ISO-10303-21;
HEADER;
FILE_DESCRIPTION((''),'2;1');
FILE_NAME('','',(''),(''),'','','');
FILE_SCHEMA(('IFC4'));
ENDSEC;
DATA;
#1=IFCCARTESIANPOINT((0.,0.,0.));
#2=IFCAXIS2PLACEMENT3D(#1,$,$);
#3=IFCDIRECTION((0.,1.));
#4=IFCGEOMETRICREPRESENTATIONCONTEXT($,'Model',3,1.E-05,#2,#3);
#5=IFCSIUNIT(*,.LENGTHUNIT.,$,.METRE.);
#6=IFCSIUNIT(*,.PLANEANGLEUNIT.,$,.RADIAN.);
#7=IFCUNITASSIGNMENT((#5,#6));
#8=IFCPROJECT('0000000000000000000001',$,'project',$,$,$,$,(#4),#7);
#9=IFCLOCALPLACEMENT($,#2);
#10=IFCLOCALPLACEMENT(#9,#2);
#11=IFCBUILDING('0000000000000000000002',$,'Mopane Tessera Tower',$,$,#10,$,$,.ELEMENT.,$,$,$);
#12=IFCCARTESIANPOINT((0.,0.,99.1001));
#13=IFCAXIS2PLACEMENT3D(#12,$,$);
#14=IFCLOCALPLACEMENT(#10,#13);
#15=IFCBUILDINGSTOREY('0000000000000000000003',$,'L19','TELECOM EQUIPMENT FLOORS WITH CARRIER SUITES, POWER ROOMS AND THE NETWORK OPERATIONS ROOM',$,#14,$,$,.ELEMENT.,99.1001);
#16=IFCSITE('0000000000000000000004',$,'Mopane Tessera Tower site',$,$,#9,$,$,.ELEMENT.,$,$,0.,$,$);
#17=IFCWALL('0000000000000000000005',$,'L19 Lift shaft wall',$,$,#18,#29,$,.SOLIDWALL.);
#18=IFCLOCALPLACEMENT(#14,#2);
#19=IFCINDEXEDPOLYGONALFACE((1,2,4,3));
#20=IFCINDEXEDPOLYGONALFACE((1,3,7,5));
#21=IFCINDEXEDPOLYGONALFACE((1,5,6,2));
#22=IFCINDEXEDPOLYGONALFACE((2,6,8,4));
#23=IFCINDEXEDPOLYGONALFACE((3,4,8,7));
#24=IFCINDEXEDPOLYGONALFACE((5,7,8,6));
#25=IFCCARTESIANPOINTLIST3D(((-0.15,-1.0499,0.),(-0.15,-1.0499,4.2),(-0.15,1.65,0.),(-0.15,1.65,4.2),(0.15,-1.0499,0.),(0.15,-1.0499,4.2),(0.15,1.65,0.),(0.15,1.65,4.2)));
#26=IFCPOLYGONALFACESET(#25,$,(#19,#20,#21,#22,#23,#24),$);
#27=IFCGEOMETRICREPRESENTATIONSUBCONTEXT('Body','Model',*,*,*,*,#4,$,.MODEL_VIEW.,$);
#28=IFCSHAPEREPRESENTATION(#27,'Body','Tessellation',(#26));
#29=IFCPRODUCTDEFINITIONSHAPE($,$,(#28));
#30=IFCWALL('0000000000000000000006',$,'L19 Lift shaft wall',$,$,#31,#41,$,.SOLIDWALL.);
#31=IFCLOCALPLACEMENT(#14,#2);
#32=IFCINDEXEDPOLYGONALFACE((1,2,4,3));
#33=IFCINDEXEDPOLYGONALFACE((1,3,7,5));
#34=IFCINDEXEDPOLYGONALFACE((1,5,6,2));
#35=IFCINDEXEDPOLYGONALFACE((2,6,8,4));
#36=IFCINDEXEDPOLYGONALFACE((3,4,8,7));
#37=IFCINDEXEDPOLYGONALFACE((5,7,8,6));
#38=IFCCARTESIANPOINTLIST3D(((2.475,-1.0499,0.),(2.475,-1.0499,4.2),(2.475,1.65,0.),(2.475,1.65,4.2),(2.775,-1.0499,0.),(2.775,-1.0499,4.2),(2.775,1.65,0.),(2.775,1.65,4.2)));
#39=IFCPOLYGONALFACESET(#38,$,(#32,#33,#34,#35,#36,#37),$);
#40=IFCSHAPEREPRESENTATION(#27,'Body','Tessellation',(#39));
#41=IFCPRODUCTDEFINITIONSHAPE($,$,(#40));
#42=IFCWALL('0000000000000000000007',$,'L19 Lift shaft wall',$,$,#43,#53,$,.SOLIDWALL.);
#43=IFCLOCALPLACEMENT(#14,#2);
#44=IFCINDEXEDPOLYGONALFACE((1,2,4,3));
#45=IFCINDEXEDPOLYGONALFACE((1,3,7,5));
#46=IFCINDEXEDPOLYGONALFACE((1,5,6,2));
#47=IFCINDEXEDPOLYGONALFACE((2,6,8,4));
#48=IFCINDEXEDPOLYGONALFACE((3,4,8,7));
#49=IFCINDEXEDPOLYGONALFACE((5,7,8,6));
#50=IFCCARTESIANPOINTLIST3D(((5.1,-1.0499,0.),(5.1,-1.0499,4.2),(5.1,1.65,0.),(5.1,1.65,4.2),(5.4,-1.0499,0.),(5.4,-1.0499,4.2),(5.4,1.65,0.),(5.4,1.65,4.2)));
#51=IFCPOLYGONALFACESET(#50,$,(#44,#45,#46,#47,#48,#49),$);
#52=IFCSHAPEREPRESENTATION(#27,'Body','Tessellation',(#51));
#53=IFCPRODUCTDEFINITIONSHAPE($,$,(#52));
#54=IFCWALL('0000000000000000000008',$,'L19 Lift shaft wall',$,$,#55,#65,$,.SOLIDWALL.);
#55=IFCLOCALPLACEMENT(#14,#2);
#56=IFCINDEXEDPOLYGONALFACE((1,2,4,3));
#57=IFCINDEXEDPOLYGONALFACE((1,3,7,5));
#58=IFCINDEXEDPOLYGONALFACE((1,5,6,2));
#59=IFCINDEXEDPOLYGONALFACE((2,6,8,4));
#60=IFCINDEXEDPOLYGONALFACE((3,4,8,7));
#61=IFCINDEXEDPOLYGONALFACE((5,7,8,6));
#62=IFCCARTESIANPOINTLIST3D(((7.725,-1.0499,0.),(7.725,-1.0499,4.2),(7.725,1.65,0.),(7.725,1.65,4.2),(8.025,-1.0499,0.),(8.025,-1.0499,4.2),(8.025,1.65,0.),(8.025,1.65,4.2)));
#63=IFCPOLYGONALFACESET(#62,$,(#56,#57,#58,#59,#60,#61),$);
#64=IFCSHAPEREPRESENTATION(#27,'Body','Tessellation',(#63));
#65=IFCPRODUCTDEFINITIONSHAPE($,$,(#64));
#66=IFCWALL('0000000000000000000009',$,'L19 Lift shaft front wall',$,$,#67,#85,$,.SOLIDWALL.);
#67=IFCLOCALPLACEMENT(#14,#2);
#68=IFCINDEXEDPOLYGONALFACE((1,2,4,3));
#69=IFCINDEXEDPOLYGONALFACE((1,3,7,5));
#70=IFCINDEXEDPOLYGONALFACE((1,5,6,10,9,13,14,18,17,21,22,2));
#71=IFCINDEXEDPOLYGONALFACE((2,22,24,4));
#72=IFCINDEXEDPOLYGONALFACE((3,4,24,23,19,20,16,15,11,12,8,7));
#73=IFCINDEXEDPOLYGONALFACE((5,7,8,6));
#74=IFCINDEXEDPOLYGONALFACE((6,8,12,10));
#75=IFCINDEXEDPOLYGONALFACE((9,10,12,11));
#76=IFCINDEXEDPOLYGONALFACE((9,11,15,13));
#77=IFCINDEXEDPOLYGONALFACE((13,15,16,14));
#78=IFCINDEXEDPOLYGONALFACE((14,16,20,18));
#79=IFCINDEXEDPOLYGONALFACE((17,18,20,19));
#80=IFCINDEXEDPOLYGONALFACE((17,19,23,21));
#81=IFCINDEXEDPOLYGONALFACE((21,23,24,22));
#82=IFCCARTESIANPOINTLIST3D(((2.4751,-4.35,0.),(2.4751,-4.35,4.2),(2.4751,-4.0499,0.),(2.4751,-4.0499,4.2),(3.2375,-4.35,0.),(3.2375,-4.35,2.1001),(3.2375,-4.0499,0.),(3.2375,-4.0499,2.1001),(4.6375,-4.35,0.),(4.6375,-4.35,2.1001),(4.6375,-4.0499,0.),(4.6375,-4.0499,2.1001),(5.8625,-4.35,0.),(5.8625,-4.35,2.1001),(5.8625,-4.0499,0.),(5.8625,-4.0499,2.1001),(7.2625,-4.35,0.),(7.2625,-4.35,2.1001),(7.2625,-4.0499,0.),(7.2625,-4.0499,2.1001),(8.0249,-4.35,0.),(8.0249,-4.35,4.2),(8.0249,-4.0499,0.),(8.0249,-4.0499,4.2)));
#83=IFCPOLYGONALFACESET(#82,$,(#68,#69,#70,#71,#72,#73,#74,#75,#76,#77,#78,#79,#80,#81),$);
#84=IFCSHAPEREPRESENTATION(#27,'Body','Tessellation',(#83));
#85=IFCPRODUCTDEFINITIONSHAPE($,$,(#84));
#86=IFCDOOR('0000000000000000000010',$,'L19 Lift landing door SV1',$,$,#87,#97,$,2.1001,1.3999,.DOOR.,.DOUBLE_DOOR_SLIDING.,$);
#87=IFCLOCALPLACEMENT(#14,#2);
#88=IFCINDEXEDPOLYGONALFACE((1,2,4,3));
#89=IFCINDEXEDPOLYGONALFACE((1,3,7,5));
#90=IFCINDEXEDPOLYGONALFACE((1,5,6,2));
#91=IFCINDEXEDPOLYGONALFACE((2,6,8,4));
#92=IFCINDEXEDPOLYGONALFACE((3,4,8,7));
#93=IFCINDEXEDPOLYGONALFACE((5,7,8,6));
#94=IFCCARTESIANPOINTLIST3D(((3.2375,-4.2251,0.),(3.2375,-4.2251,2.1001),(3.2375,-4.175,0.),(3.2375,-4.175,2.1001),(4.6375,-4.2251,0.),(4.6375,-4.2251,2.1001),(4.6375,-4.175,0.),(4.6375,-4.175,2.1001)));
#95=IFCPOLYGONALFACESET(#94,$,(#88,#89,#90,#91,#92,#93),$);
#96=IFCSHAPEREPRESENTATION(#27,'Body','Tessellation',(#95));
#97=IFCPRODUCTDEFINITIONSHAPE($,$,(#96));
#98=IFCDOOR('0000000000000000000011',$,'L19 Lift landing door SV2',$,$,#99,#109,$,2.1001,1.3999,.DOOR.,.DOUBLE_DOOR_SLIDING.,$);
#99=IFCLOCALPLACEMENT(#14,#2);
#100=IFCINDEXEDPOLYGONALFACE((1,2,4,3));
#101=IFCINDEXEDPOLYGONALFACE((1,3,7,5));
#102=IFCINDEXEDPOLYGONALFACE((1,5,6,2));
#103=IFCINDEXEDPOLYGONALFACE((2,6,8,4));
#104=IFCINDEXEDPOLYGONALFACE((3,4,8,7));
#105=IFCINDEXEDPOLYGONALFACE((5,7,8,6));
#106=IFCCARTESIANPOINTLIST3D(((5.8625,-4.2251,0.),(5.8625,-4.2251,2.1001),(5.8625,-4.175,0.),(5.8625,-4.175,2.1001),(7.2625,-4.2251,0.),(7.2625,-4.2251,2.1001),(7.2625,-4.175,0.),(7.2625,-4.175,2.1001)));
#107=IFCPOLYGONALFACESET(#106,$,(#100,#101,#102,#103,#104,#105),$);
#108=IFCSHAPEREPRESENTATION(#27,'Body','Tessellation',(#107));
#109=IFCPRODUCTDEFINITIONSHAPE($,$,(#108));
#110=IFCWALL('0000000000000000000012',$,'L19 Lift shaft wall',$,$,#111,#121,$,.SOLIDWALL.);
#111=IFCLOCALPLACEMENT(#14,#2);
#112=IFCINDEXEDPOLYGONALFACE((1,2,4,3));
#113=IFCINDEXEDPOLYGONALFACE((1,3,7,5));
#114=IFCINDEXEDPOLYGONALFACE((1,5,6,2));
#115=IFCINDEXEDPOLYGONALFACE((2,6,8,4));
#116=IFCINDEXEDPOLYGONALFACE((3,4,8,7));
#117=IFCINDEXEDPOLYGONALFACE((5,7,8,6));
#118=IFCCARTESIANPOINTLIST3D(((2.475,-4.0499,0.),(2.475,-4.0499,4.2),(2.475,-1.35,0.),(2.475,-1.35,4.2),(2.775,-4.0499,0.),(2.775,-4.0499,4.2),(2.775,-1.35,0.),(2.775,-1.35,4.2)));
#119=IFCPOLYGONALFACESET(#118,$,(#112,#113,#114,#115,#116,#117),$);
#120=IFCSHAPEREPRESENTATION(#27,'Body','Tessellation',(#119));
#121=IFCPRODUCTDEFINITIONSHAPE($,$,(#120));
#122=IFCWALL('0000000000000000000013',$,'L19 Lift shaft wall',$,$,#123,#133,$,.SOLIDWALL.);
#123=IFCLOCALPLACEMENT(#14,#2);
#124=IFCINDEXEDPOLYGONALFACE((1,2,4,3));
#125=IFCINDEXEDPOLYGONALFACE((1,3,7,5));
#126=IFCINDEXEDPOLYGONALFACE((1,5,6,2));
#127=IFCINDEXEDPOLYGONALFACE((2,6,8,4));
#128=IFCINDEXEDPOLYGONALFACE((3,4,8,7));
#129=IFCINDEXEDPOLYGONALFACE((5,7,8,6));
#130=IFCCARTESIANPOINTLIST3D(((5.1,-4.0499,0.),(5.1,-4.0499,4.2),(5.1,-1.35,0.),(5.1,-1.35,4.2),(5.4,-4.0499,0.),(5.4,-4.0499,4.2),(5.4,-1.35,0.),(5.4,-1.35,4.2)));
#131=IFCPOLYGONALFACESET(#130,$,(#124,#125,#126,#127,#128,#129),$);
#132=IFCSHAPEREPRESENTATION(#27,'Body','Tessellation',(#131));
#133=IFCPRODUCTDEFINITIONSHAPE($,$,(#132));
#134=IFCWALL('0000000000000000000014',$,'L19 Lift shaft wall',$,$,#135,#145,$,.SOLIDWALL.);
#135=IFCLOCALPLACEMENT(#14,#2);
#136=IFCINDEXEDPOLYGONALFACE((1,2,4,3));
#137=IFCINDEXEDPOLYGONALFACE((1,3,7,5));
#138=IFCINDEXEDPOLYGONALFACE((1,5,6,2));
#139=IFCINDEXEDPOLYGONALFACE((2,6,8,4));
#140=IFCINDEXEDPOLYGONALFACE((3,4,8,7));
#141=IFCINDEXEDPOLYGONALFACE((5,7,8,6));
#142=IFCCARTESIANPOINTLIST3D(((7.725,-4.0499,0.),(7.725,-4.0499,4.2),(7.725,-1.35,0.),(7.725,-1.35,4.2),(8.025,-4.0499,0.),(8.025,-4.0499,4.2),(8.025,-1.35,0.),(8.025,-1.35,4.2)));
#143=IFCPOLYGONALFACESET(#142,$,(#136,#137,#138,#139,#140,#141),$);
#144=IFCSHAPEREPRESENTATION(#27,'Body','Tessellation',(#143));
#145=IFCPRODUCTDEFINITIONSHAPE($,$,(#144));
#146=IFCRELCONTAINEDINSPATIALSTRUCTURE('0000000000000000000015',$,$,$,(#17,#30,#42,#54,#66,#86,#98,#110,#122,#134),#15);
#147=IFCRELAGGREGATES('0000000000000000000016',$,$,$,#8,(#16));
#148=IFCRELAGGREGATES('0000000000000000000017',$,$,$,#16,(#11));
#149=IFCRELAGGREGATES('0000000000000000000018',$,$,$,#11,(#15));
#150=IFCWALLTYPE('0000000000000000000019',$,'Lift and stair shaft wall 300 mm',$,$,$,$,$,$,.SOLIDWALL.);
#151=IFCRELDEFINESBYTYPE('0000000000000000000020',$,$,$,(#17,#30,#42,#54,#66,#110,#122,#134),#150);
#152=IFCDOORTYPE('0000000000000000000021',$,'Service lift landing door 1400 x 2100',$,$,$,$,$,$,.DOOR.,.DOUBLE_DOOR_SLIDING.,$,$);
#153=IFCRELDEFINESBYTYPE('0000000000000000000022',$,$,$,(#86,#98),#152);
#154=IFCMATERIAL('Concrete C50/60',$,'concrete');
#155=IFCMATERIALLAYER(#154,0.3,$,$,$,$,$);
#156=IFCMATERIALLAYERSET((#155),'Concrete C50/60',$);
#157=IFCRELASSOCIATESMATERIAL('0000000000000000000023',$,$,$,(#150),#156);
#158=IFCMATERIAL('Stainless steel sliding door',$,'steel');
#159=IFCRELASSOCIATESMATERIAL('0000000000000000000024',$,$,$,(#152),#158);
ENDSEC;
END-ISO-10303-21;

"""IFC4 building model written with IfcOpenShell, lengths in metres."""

from ifc_helpers import new_model, si_unit, direction, frame, frame_2d, origin, place, context, subcontext, project, spatial, rectangle, extrude, material, layer, layer_set, type_object, element, fill, save


model = new_model("IFC4")

# Units and contexts
model_context = context("Model", 3, precision=1e-05, world=origin(), true_north=direction((0.0, 1.0)))
body_context = subcontext(model_context, "Body", "Model", "MODEL_VIEW")
ifc_project = project(units=[si_unit("LENGTHUNIT", "METRE"), si_unit("PLANEANGLEUNIT", "RADIAN")], contexts=[model_context])

# Site, building, storey
site_placement = place(None, origin())
site = spatial("IfcSite", under=ifc_project, at=site_placement, Name="Mopane Tessera Tower site", CompositionType="ELEMENT", RefElevation=0.0)
building_placement = place(site_placement, origin())
building = spatial("IfcBuilding", under=site, at=building_placement, Name="Mopane Tessera Tower", CompositionType="ELEMENT")
storey_placement = place(building_placement, frame((0.0, 0.0, 99.1001)))
storey = spatial("IfcBuildingStorey", under=building, at=storey_placement, Name="L19", Description="TELECOM EQUIPMENT FLOORS WITH CARRIER SUITES, POWER ROOMS AND THE NETWORK OPERATIONS ROOM", CompositionType="ELEMENT", Elevation=99.1001)

# Walls
ifc_material_1 = material(Name="Concrete C50/60", Category="concrete")
ifc_layer_1 = layer(ifc_material_1, 0.3)
ifc_layer_set_1 = layer_set([ifc_layer_1], Name="Concrete C50/60")
wall_type_1 = type_object("IfcWallType", Name="Lift and stair shaft wall 300 mm", PredefinedType="SOLIDWALL", material=ifc_layer_set_1)
for number, where, z_axis, x_axis, name in (
    (1, (0.0, -1.05, 0.0), (0.0, 0.0, 1.0), (0.0, 1.0, 0.0), "L19 Lift shaft wall"),
    (2, (2.625, -1.05, 0.0), (0.0, 0.0, 1.0), (0.0, 1.0, 0.0), "L19 Lift shaft wall"),
    (3, (5.25, -1.05, 0.0), (0.0, 0.0, 1.0), (0.0, 1.0, 0.0), "L19 Lift shaft wall"),
    (4, (7.875, -1.05, 0.0), (0.0, 0.0, 1.0), (0.0, 1.0, 0.0), "L19 Lift shaft wall"),
):
    element("IfcWall", number, at=place(storey_placement, frame(where, z_axis=z_axis, x_axis=x_axis)), inside=storey, type_object=wall_type_1, Name=name, PredefinedType="SOLIDWALL", context=body_context, shape_type="SweptSolid", body=[
        extrude(rectangle(XDim=2.7, YDim=0.3, at=frame_2d((1.3501, 0.0))), origin(), (0.0, 0.0, 1.0), 4.2),
    ])

# Wall, openings, doors
wall_1_placement = place(storey_placement, frame((2.4751, -4.2, 0.0), z_axis=(0.0, 0.0, 1.0), x_axis=(1.0, 0.0, 0.0)))
wall_1 = element("IfcWall", 5, at=wall_1_placement, inside=storey, type_object=wall_type_1, Name="L19 Lift shaft front wall", PredefinedType="SOLIDWALL", context=body_context, shape_type="SweptSolid", body=[
    extrude(rectangle(XDim=5.5498, YDim=0.3, at=frame_2d((2.7749, 0.0))), origin(), (0.0, 0.0, 1.0), 4.2),
])
opening_1_placement = place(wall_1_placement, frame((0.7625, 0.0, 0.0)))
opening_1 = element("IfcOpeningElement", 6, at=opening_1_placement, cuts=wall_1, PredefinedType="OPENING", context=body_context, shape_type="SweptSolid", body=[
    extrude(rectangle(XDim=1.3999, YDim=2.1001, at=frame_2d((0.7, 1.05))), frame((0.0, 0.1621, 0.0), z_axis=(0.0, -1.0, 0.0), x_axis=(1.0, 0.0, 0.0)), (0.0, 0.0, 1.0), 0.324),
])
opening_2_placement = place(wall_1_placement, frame((3.3875, 0.0, 0.0)))
opening_2 = element("IfcOpeningElement", 7, at=opening_2_placement, cuts=wall_1, PredefinedType="OPENING", context=body_context, shape_type="SweptSolid", body=[
    extrude(rectangle(XDim=1.3999, YDim=2.1001, at=frame_2d((0.7, 1.05))), frame((0.0, 0.1621, 0.0), z_axis=(0.0, -1.0, 0.0), x_axis=(1.0, 0.0, 0.0)), (0.0, 0.0, 1.0), 0.324),
])
ifc_material_2 = material(Name="Stainless steel sliding door", Category="steel")
door_type = type_object("IfcDoorType", Name="Service lift landing door 1400 x 2100", OperationType="DOUBLE_DOOR_SLIDING", PredefinedType="DOOR", material=ifc_material_2)
door_1_placement = place(opening_1_placement, origin())
door_1 = element("IfcDoor", 8, at=door_1_placement, inside=storey, type_object=door_type, Name="L19 Lift landing door SV1", OperationType="DOUBLE_DOOR_SLIDING", OverallHeight=2.1001, OverallWidth=1.3999, PredefinedType="DOOR", context=body_context, shape_type="SweptSolid", body=[
    extrude(rectangle(XDim=1.3999, YDim=2.1001, at=frame_2d((0.7, 1.05))), frame((0.0, 0.0249, 0.0), z_axis=(0.0, -1.0, 0.0), x_axis=(1.0, 0.0, 0.0)), (0.0, 0.0, 1.0), 0.05),
])
fill(opening_1, door_1)
door_2_placement = place(opening_2_placement, origin())
door_2 = element("IfcDoor", 9, at=door_2_placement, inside=storey, type_object=door_type, Name="L19 Lift landing door SV2", OperationType="DOUBLE_DOOR_SLIDING", OverallHeight=2.1001, OverallWidth=1.3999, PredefinedType="DOOR", context=body_context, shape_type="SweptSolid", body=[
    extrude(rectangle(XDim=1.3999, YDim=2.1001, at=frame_2d((0.7, 1.05))), frame((0.0, 0.0249, 0.0), z_axis=(0.0, -1.0, 0.0), x_axis=(1.0, 0.0, 0.0)), (0.0, 0.0, 1.0), 0.05),
])
fill(opening_2, door_2)

# Walls
for number, where, z_axis, x_axis, name in (
    (10, (2.625, -4.05, 0.0), (0.0, 0.0, 1.0), (0.0, 1.0, 0.0), "L19 Lift shaft wall"),
    (11, (5.25, -4.05, 0.0), (0.0, 0.0, 1.0), (0.0, 1.0, 0.0), "L19 Lift shaft wall"),
    (12, (7.875, -4.05, 0.0), (0.0, 0.0, 1.0), (0.0, 1.0, 0.0), "L19 Lift shaft wall"),
):
    element("IfcWall", number, at=place(storey_placement, frame(where, z_axis=z_axis, x_axis=x_axis)), inside=storey, type_object=wall_type_1, Name=name, PredefinedType="SOLIDWALL", context=body_context, shape_type="SweptSolid", body=[
        extrude(rectangle(XDim=2.7, YDim=0.3, at=frame_2d((1.3501, 0.0))), origin(), (0.0, 0.0, 1.0), 4.2),
    ])

save(model, "model.ifc")
